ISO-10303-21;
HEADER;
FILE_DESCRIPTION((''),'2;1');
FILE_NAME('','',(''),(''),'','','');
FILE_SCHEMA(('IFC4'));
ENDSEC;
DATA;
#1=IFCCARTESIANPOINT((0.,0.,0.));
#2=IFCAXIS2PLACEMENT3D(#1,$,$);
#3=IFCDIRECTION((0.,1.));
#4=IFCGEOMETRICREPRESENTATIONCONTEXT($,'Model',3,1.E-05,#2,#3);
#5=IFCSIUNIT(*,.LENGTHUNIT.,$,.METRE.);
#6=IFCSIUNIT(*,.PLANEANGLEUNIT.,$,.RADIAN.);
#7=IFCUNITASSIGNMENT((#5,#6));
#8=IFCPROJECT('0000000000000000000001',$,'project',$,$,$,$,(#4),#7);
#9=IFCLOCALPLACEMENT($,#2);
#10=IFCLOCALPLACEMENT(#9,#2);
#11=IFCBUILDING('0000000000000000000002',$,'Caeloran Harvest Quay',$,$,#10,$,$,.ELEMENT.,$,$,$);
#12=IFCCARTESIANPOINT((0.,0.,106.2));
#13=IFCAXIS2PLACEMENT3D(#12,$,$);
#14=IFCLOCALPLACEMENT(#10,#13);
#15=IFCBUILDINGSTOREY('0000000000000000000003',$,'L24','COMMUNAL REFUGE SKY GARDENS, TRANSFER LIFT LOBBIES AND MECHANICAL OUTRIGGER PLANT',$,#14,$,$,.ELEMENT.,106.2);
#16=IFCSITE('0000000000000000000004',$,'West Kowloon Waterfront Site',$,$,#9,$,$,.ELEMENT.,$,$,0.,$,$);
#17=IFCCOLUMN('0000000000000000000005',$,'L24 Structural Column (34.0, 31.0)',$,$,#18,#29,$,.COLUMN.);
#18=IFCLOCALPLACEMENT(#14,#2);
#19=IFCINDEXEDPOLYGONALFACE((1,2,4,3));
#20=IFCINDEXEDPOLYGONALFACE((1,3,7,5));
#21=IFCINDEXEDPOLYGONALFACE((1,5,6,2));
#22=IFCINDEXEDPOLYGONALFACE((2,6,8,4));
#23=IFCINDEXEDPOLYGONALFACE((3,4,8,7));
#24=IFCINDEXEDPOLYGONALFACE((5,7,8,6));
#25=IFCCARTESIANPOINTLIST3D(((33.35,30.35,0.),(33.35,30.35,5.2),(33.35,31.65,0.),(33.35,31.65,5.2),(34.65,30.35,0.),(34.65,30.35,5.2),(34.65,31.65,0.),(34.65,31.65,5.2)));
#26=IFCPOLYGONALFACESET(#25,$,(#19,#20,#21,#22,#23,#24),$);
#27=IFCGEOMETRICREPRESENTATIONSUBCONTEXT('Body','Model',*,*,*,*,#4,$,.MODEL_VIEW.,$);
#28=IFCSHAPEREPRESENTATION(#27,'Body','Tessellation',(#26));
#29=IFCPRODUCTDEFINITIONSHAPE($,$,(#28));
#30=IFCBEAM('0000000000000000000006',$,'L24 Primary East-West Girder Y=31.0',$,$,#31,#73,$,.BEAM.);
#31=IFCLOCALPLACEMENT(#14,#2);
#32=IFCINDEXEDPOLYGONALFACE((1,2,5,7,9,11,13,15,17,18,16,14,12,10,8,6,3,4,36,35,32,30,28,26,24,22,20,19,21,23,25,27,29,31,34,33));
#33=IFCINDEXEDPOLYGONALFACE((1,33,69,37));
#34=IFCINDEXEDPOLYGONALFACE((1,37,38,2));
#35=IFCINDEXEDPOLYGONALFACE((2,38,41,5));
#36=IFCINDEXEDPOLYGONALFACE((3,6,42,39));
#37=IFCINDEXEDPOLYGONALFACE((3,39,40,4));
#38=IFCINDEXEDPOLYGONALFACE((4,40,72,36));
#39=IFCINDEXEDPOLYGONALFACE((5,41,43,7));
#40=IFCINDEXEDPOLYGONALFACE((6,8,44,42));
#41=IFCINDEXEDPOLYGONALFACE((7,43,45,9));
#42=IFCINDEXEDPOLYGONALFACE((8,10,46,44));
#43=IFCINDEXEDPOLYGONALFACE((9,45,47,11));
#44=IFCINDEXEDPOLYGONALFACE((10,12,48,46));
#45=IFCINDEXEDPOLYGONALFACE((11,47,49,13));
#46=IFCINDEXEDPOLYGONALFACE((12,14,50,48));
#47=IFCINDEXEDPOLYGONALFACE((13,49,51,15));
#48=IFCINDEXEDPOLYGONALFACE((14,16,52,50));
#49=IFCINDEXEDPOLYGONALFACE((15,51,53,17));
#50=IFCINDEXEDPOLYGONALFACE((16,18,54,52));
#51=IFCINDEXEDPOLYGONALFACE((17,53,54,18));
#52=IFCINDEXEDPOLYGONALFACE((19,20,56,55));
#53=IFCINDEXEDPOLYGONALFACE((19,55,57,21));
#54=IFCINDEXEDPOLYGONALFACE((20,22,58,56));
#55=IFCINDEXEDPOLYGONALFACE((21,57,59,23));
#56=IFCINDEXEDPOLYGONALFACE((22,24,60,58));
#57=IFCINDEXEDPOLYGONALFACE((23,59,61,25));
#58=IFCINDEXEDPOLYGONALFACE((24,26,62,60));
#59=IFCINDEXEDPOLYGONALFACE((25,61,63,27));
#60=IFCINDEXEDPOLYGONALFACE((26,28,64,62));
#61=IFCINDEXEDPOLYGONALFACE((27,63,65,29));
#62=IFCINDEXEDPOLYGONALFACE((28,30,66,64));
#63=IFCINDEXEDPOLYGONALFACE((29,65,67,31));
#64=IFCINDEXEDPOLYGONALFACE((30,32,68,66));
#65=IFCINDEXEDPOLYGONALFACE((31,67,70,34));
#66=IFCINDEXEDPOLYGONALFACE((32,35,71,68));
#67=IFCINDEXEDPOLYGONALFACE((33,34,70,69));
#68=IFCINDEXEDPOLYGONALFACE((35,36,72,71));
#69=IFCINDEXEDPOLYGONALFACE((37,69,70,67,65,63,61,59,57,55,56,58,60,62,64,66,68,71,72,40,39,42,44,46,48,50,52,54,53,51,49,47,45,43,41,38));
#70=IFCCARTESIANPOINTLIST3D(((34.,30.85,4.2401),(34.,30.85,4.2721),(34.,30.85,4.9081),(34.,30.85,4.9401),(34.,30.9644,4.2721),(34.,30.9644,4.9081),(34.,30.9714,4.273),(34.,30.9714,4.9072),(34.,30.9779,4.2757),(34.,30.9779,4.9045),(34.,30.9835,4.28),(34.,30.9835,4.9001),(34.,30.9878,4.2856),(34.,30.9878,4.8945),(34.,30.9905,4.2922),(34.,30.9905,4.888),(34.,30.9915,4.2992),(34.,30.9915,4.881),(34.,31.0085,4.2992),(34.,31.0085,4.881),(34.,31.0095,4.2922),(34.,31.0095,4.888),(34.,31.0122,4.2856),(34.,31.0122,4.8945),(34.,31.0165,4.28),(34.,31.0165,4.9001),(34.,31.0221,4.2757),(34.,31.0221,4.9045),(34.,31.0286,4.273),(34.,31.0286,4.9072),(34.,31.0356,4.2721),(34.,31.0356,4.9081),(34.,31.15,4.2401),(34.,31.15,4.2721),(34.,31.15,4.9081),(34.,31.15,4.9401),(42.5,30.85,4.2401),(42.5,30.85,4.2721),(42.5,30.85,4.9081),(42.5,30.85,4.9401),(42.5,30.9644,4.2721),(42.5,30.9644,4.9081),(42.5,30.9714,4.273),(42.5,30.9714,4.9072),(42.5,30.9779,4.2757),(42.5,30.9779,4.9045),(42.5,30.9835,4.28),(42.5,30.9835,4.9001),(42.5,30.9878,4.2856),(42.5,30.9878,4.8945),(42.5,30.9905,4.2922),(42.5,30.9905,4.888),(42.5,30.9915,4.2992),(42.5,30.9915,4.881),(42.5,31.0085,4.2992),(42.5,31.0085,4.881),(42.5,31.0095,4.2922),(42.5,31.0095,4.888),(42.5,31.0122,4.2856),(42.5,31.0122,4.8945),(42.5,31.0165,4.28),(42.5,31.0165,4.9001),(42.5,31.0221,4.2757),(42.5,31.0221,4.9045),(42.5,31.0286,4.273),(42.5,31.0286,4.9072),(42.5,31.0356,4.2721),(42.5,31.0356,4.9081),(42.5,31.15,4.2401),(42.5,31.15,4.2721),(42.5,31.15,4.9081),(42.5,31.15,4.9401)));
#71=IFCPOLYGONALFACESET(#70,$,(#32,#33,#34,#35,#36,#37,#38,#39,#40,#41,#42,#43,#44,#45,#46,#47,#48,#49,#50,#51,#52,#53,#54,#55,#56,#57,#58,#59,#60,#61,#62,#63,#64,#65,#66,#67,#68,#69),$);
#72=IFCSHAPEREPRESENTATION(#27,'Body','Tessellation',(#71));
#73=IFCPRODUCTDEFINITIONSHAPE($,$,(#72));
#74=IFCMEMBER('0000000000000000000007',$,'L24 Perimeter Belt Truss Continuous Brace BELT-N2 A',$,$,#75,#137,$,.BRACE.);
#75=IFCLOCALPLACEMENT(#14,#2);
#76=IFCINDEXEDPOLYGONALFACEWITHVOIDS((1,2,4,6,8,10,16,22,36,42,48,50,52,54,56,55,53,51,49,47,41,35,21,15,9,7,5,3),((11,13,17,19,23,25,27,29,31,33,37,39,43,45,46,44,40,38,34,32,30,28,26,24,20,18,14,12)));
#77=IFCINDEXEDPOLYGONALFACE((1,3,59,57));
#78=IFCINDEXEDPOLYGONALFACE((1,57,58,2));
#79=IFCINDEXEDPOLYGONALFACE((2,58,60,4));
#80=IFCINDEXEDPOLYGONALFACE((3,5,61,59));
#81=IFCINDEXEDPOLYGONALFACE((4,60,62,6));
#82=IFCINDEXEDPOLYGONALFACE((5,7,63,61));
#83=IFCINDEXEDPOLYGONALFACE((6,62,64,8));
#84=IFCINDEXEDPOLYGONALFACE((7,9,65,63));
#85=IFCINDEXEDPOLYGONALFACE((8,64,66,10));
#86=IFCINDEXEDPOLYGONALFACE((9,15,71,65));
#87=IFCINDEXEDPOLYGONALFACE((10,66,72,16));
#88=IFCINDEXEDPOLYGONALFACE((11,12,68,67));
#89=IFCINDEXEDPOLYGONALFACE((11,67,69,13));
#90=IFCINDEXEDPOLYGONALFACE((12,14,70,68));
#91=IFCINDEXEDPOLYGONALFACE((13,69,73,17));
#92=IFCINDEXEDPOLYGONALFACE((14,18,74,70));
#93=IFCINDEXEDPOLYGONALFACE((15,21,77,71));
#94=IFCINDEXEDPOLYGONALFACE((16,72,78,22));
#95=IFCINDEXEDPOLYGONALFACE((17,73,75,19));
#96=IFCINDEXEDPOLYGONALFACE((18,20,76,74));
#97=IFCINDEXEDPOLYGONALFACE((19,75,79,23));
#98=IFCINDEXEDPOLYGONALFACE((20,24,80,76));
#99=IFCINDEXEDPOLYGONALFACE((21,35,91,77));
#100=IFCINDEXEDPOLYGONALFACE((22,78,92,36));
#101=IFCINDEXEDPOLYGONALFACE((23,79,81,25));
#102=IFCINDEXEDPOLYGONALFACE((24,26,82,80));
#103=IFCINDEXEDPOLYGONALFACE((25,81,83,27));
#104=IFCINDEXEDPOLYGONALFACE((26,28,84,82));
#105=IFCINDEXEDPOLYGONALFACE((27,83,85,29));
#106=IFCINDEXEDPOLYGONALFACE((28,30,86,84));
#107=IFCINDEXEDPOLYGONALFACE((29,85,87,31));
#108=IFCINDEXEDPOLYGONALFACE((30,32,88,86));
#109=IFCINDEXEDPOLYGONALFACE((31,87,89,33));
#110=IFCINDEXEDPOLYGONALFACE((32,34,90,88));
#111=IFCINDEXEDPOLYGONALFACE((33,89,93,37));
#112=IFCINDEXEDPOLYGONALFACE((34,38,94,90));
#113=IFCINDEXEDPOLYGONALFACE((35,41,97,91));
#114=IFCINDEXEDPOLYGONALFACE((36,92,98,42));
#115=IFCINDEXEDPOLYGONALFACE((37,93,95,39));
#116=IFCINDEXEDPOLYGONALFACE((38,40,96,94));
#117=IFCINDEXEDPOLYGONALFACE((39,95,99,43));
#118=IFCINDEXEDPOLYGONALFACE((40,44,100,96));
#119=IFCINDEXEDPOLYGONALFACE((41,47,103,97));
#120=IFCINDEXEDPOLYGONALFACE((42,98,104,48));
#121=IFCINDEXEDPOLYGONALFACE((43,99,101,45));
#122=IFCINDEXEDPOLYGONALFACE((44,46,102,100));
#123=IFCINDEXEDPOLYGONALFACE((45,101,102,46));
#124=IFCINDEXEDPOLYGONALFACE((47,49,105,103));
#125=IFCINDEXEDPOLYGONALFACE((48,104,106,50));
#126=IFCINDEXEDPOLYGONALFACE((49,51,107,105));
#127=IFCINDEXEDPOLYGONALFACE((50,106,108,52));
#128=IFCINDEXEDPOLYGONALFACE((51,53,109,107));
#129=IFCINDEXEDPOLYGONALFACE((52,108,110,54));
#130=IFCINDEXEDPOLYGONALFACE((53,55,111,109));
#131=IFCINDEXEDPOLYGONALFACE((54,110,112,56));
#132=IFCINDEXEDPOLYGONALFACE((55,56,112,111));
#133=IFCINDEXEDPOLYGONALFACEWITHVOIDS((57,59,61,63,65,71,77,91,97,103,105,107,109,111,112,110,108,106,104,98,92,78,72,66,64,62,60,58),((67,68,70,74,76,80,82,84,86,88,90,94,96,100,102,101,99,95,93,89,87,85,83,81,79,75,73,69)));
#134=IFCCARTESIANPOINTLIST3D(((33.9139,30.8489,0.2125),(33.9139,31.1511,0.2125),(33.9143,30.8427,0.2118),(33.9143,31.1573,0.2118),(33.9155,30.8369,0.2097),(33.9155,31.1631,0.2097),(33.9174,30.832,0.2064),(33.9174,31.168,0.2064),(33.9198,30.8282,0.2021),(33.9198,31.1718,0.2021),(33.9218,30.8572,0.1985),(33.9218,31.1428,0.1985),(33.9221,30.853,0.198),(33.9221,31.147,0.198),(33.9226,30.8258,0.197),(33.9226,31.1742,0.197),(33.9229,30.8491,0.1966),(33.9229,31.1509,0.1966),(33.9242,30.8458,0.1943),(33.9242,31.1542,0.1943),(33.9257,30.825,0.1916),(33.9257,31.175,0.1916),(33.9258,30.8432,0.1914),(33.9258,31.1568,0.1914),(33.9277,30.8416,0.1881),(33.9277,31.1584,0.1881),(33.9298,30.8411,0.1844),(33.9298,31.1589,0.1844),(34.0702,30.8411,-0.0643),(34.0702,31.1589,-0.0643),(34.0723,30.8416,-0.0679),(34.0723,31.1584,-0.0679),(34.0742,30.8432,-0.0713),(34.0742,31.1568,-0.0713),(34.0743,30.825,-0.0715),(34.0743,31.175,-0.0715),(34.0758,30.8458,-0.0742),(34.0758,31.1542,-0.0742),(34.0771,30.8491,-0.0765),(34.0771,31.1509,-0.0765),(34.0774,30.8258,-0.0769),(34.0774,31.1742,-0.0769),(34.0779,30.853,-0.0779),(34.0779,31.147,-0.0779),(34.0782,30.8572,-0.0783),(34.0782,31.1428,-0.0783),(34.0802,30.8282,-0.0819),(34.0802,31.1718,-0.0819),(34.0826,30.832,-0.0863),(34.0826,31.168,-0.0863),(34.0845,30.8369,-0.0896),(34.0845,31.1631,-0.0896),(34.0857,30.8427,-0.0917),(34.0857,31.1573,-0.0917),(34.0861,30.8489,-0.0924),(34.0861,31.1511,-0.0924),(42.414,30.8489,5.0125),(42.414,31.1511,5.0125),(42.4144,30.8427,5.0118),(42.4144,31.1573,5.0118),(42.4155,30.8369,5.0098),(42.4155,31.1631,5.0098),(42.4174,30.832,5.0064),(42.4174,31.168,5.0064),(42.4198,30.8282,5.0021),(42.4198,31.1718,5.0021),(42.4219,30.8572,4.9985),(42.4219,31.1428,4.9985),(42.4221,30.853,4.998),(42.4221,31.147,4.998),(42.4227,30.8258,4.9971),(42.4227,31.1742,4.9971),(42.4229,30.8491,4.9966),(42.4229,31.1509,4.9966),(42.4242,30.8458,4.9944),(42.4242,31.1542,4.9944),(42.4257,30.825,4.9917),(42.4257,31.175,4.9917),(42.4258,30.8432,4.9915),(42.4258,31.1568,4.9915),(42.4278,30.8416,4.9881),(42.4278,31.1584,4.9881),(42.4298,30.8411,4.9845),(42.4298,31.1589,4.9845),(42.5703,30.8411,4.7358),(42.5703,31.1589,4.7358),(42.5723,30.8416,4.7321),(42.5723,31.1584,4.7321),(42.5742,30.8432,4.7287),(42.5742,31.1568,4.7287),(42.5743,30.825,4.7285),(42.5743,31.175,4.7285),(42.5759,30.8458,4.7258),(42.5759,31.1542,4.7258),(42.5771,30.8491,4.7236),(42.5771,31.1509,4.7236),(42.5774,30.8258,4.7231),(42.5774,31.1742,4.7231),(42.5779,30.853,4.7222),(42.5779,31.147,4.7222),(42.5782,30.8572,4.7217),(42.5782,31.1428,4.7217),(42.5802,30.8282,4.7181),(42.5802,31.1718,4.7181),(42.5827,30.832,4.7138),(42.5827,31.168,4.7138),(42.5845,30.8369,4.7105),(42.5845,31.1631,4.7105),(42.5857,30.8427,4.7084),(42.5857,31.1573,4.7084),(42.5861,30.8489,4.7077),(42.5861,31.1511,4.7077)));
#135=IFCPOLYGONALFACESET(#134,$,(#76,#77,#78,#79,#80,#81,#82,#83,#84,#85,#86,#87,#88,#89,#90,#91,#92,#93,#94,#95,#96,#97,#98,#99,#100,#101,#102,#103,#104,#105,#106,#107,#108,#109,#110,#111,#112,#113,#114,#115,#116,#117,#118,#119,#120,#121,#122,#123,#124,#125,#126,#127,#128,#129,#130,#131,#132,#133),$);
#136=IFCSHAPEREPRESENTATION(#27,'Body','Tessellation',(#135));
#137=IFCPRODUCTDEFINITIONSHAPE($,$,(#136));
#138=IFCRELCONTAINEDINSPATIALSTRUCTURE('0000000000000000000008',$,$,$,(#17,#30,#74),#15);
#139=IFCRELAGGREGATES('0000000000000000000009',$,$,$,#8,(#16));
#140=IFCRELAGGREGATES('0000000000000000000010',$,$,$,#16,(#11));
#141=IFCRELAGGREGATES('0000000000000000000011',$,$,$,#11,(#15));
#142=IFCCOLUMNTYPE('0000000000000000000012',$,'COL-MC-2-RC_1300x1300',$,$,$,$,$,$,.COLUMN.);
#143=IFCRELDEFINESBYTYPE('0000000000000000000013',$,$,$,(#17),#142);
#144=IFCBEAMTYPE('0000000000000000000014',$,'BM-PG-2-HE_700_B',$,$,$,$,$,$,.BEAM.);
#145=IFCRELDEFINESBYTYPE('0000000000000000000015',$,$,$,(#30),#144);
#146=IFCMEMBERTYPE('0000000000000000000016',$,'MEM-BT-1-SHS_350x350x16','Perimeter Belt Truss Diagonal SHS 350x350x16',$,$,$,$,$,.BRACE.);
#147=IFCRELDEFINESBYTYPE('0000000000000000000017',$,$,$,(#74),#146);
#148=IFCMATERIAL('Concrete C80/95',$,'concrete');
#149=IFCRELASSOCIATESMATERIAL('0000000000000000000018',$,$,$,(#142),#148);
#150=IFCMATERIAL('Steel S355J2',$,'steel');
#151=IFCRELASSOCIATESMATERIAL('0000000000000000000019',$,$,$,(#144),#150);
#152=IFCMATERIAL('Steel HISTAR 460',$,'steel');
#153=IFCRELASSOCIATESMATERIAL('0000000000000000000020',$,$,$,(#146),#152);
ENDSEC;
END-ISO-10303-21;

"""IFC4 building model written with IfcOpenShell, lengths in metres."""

from ifc_helpers import new_model, si_unit, direction, frame, origin, origin_2d, place, context, subcontext, project, spatial, rectangle, hollow_rectangle, i_section, extrude, material, material_profile, profile_set, type_object, element, save


model = new_model("IFC4")

# Units and contexts
model_context = context("Model", 3, precision=1e-05, world=origin(), true_north=direction((0.0, 1.0)))
body_context = subcontext(model_context, "Body", "Model", "MODEL_VIEW")
ifc_project = project(units=[si_unit("LENGTHUNIT", "METRE"), si_unit("PLANEANGLEUNIT", "RADIAN")], contexts=[model_context])

# Site, building, storey
site_placement = place(None, origin())
site = spatial("IfcSite", under=ifc_project, at=site_placement, Name="West Kowloon Waterfront Site", CompositionType="ELEMENT", RefElevation=0.0)
building_placement = place(site_placement, origin())
building = spatial("IfcBuilding", under=site, at=building_placement, Name="Caeloran Harvest Quay", CompositionType="ELEMENT")
storey_placement = place(building_placement, frame((0.0, 0.0, 106.2)))
storey = spatial("IfcBuildingStorey", under=building, at=storey_placement, Name="L24", Description="COMMUNAL REFUGE SKY GARDENS, TRANSFER LIFT LOBBIES AND MECHANICAL OUTRIGGER PLANT", CompositionType="ELEMENT", Elevation=106.2)

# Column
ifc_material_1 = material(Name="Concrete C80/95", Category="concrete")
ifc_material_profile_1 = material_profile(ifc_material_1, rectangle(XDim=1.3, YDim=1.3, at=origin_2d()), Name="RC 1300x1300")
ifc_profile_set_1 = profile_set([ifc_material_profile_1], Name="Concrete C80/95")
column_type = type_object("IfcColumnType", Name="COL-MC-2-RC_1300x1300", PredefinedType="COLUMN", material=ifc_profile_set_1)
column_placement = place(storey_placement, frame((34.0, 31.0, 0.0), z_axis=(0.0, 0.0, 1.0), x_axis=(1.0, 0.0, 0.0)))
element("IfcColumn", 1, at=column_placement, inside=storey, type_object=column_type, Name="L24 Structural Column (34.0, 31.0)", PredefinedType="COLUMN", context=body_context, shape_type="SweptSolid", body=[
    extrude(rectangle(XDim=1.3, YDim=1.3, at=origin_2d()), origin(), (0.0, 0.0, 1.0), 5.2),
])

# Beam
ifc_material_2 = material(Name="Steel S355J2", Category="steel")
ifc_material_profile_2 = material_profile(ifc_material_2, i_section(OverallWidth=0.3, OverallDepth=0.7, WebThickness=0.0171, FlangeThickness=0.032, FilletRadius=0.0271, at=origin_2d()), Name="HE 700 B")
ifc_profile_set_2 = profile_set([ifc_material_profile_2], Name="Steel S355J2")
beam_type = type_object("IfcBeamType", Name="BM-PG-2-HE_700_B", PredefinedType="BEAM", material=ifc_profile_set_2)
beam_placement = place(storey_placement, frame((34.0, 31.0, 4.5901), z_axis=(1.0, 0.0, 0.0), x_axis=(0.0, 1.0, 0.0)))
element("IfcBeam", 2, at=beam_placement, inside=storey, type_object=beam_type, Name="L24 Primary East-West Girder Y=31.0", PredefinedType="BEAM", context=body_context, shape_type="SweptSolid", body=[
    extrude(i_section(OverallWidth=0.3, OverallDepth=0.7, WebThickness=0.0171, FlangeThickness=0.032, FilletRadius=0.0271, at=origin_2d()), origin(), (0.0, 0.0, 1.0), 8.5),
])

# Member
ifc_material_3 = material(Name="Steel HISTAR 460", Category="steel")
ifc_material_profile_3 = material_profile(ifc_material_3, hollow_rectangle(XDim=0.3501, YDim=0.3501, WallThickness=0.0161, InnerFilletRadius=0.0161, OuterFilletRadius=0.0239, at=origin_2d()), Name="SHS 350x350x16")
ifc_profile_set_3 = profile_set([ifc_material_profile_3], Name="Steel HISTAR 460")
member_type_1 = type_object("IfcMemberType", Name="MEM-BT-1-SHS_350x350x16", Description="Perimeter Belt Truss Diagonal SHS 350x350x16", PredefinedType="BRACE", material=ifc_profile_set_3)
member_1_placement = place(storey_placement, frame((34.0, 31.0, 0.0601), z_axis=(0.870751, 0.0, 0.491723), x_axis=(0.0, 1.0, 0.0)))
element("IfcMember", 3, at=member_1_placement, inside=storey, type_object=member_type_1, Name="L24 Perimeter Belt Truss Continuous Brace BELT-N2 A", PredefinedType="BRACE", context=body_context, shape_type="SweptSolid", body=[
    extrude(hollow_rectangle(XDim=0.3501, YDim=0.3501, WallThickness=0.0161, InnerFilletRadius=0.0161, OuterFilletRadius=0.0239, at=origin_2d()), origin(), (0.0, 0.0, 1.0), 9.7617),
])

save(model, "model.ifc")
